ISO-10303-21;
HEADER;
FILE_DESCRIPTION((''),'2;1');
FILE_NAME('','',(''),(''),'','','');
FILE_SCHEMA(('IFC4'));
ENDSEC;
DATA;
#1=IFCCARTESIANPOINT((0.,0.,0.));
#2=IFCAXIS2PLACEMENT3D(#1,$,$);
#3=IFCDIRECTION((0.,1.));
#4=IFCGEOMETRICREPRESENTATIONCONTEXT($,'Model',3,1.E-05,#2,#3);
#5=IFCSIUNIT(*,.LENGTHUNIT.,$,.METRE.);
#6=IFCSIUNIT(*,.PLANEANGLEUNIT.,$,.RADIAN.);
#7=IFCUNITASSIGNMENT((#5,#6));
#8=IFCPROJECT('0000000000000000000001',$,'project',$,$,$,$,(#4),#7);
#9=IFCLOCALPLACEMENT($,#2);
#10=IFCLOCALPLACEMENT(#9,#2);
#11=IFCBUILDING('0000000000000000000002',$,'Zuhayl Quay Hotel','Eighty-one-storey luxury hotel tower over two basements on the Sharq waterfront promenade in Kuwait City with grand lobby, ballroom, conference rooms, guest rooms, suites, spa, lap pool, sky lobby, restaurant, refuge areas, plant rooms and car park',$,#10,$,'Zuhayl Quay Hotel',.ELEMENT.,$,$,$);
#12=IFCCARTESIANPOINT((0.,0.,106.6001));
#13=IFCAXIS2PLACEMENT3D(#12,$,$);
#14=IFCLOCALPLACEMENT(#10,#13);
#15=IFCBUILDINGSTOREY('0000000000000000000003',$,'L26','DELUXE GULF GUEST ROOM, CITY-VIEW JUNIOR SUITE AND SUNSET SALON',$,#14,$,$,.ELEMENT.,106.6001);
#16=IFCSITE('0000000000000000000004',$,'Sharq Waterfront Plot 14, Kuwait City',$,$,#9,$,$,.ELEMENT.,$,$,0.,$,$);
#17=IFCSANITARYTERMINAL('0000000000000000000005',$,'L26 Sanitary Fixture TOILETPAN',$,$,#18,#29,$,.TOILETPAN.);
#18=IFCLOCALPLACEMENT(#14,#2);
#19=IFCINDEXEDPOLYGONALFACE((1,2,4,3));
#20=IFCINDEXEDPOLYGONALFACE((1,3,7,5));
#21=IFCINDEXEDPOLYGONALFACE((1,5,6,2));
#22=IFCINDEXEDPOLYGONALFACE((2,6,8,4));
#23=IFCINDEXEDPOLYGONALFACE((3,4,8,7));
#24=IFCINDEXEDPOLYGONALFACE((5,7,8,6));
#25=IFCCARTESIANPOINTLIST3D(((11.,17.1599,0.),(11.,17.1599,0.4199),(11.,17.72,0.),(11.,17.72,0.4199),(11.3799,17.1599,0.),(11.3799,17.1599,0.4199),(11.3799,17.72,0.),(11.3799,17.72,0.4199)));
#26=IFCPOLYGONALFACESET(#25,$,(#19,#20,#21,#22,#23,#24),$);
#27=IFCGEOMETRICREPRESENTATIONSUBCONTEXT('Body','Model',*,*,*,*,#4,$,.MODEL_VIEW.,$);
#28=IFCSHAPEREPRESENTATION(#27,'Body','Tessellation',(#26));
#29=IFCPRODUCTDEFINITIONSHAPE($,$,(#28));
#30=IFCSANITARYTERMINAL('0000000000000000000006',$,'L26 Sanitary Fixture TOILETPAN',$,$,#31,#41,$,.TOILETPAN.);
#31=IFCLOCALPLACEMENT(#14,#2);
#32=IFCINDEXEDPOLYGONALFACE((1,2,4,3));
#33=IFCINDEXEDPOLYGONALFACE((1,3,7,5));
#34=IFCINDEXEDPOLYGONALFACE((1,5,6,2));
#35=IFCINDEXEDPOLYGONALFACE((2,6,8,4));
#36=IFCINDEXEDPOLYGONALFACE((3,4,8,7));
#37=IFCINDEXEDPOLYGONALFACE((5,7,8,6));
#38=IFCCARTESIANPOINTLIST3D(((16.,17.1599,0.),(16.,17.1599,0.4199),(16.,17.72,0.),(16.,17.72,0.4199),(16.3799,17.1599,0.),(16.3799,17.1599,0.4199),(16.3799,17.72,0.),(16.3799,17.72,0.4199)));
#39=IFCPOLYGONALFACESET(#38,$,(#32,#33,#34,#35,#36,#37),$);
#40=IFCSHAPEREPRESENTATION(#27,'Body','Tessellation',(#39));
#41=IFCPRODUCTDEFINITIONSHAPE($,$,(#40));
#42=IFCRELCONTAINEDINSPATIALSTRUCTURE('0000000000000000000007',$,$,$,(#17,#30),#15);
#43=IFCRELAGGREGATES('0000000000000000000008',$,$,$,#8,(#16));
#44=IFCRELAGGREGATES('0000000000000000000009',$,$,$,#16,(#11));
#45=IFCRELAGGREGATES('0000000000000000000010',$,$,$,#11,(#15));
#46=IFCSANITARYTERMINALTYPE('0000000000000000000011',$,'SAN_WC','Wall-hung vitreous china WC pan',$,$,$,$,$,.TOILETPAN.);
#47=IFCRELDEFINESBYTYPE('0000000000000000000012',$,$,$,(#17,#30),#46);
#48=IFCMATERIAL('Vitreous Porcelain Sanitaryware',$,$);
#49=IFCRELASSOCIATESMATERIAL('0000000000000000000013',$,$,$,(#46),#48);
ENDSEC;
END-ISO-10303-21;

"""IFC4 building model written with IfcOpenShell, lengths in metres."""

from ifc_helpers import new_model, si_unit, direction, frame, origin, origin_2d, place, context, subcontext, project, spatial, rectangle, extrude, material, type_object, element, save


model = new_model("IFC4")

# Units and contexts
model_context = context("Model", 3, precision=1e-05, world=origin(), true_north=direction((0.0, 1.0)))
body_context = subcontext(model_context, "Body", "Model", "MODEL_VIEW")
ifc_project = project(units=[si_unit("LENGTHUNIT", "METRE"), si_unit("PLANEANGLEUNIT", "RADIAN")], contexts=[model_context])

# Site, building, storey
site_placement = place(None, origin())
site = spatial("IfcSite", under=ifc_project, at=site_placement, Name="Sharq Waterfront Plot 14, Kuwait City", CompositionType="ELEMENT", RefElevation=0.0)
building_placement = place(site_placement, origin())
building = spatial("IfcBuilding", under=site, at=building_placement, Name="Zuhayl Quay Hotel", Description="Eighty-one-storey luxury hotel tower over two basements on the Sharq waterfront promenade in Kuwait City with grand lobby, ballroom, conference rooms, guest rooms, suites, spa, lap pool, sky lobby, restaurant, refuge areas, plant rooms and car park", LongName="Zuhayl Quay Hotel", CompositionType="ELEMENT")
storey_placement = place(building_placement, frame((0.0, 0.0, 106.6001)))
storey = spatial("IfcBuildingStorey", under=building, at=storey_placement, Name="L26", Description="DELUXE GULF GUEST ROOM, CITY-VIEW JUNIOR SUITE AND SUNSET SALON", CompositionType="ELEMENT", Elevation=106.6001)

# Sanitary terminals
ifc_material_1 = material(Name="Vitreous Porcelain Sanitaryware")
sanitary_terminal_type_1 = type_object("IfcSanitaryTerminalType", Name="SAN_WC", Description="Wall-hung vitreous china WC pan", PredefinedType="TOILETPAN", material=ifc_material_1)
for number, where, z_axis, x_axis, name in (
    (1, (11.1899, 17.4399, 0.0), (0.0, 0.0, 1.0), (1.0, 0.0, 0.0), "L26 Sanitary Fixture TOILETPAN"),
    (2, (16.1899, 17.4399, 0.0), (0.0, 0.0, 1.0), (1.0, 0.0, 0.0), "L26 Sanitary Fixture TOILETPAN"),
):
    element("IfcSanitaryTerminal", number, at=place(storey_placement, frame(where, z_axis=z_axis, x_axis=x_axis)), inside=storey, type_object=sanitary_terminal_type_1, Name=name, PredefinedType="TOILETPAN", context=body_context, shape_type="SweptSolid", body=[
        extrude(rectangle(XDim=0.3799, YDim=0.5601, at=origin_2d()), origin(), (0.0, 0.0, 1.0), 0.4199),
    ])

save(model, "model.ifc")
